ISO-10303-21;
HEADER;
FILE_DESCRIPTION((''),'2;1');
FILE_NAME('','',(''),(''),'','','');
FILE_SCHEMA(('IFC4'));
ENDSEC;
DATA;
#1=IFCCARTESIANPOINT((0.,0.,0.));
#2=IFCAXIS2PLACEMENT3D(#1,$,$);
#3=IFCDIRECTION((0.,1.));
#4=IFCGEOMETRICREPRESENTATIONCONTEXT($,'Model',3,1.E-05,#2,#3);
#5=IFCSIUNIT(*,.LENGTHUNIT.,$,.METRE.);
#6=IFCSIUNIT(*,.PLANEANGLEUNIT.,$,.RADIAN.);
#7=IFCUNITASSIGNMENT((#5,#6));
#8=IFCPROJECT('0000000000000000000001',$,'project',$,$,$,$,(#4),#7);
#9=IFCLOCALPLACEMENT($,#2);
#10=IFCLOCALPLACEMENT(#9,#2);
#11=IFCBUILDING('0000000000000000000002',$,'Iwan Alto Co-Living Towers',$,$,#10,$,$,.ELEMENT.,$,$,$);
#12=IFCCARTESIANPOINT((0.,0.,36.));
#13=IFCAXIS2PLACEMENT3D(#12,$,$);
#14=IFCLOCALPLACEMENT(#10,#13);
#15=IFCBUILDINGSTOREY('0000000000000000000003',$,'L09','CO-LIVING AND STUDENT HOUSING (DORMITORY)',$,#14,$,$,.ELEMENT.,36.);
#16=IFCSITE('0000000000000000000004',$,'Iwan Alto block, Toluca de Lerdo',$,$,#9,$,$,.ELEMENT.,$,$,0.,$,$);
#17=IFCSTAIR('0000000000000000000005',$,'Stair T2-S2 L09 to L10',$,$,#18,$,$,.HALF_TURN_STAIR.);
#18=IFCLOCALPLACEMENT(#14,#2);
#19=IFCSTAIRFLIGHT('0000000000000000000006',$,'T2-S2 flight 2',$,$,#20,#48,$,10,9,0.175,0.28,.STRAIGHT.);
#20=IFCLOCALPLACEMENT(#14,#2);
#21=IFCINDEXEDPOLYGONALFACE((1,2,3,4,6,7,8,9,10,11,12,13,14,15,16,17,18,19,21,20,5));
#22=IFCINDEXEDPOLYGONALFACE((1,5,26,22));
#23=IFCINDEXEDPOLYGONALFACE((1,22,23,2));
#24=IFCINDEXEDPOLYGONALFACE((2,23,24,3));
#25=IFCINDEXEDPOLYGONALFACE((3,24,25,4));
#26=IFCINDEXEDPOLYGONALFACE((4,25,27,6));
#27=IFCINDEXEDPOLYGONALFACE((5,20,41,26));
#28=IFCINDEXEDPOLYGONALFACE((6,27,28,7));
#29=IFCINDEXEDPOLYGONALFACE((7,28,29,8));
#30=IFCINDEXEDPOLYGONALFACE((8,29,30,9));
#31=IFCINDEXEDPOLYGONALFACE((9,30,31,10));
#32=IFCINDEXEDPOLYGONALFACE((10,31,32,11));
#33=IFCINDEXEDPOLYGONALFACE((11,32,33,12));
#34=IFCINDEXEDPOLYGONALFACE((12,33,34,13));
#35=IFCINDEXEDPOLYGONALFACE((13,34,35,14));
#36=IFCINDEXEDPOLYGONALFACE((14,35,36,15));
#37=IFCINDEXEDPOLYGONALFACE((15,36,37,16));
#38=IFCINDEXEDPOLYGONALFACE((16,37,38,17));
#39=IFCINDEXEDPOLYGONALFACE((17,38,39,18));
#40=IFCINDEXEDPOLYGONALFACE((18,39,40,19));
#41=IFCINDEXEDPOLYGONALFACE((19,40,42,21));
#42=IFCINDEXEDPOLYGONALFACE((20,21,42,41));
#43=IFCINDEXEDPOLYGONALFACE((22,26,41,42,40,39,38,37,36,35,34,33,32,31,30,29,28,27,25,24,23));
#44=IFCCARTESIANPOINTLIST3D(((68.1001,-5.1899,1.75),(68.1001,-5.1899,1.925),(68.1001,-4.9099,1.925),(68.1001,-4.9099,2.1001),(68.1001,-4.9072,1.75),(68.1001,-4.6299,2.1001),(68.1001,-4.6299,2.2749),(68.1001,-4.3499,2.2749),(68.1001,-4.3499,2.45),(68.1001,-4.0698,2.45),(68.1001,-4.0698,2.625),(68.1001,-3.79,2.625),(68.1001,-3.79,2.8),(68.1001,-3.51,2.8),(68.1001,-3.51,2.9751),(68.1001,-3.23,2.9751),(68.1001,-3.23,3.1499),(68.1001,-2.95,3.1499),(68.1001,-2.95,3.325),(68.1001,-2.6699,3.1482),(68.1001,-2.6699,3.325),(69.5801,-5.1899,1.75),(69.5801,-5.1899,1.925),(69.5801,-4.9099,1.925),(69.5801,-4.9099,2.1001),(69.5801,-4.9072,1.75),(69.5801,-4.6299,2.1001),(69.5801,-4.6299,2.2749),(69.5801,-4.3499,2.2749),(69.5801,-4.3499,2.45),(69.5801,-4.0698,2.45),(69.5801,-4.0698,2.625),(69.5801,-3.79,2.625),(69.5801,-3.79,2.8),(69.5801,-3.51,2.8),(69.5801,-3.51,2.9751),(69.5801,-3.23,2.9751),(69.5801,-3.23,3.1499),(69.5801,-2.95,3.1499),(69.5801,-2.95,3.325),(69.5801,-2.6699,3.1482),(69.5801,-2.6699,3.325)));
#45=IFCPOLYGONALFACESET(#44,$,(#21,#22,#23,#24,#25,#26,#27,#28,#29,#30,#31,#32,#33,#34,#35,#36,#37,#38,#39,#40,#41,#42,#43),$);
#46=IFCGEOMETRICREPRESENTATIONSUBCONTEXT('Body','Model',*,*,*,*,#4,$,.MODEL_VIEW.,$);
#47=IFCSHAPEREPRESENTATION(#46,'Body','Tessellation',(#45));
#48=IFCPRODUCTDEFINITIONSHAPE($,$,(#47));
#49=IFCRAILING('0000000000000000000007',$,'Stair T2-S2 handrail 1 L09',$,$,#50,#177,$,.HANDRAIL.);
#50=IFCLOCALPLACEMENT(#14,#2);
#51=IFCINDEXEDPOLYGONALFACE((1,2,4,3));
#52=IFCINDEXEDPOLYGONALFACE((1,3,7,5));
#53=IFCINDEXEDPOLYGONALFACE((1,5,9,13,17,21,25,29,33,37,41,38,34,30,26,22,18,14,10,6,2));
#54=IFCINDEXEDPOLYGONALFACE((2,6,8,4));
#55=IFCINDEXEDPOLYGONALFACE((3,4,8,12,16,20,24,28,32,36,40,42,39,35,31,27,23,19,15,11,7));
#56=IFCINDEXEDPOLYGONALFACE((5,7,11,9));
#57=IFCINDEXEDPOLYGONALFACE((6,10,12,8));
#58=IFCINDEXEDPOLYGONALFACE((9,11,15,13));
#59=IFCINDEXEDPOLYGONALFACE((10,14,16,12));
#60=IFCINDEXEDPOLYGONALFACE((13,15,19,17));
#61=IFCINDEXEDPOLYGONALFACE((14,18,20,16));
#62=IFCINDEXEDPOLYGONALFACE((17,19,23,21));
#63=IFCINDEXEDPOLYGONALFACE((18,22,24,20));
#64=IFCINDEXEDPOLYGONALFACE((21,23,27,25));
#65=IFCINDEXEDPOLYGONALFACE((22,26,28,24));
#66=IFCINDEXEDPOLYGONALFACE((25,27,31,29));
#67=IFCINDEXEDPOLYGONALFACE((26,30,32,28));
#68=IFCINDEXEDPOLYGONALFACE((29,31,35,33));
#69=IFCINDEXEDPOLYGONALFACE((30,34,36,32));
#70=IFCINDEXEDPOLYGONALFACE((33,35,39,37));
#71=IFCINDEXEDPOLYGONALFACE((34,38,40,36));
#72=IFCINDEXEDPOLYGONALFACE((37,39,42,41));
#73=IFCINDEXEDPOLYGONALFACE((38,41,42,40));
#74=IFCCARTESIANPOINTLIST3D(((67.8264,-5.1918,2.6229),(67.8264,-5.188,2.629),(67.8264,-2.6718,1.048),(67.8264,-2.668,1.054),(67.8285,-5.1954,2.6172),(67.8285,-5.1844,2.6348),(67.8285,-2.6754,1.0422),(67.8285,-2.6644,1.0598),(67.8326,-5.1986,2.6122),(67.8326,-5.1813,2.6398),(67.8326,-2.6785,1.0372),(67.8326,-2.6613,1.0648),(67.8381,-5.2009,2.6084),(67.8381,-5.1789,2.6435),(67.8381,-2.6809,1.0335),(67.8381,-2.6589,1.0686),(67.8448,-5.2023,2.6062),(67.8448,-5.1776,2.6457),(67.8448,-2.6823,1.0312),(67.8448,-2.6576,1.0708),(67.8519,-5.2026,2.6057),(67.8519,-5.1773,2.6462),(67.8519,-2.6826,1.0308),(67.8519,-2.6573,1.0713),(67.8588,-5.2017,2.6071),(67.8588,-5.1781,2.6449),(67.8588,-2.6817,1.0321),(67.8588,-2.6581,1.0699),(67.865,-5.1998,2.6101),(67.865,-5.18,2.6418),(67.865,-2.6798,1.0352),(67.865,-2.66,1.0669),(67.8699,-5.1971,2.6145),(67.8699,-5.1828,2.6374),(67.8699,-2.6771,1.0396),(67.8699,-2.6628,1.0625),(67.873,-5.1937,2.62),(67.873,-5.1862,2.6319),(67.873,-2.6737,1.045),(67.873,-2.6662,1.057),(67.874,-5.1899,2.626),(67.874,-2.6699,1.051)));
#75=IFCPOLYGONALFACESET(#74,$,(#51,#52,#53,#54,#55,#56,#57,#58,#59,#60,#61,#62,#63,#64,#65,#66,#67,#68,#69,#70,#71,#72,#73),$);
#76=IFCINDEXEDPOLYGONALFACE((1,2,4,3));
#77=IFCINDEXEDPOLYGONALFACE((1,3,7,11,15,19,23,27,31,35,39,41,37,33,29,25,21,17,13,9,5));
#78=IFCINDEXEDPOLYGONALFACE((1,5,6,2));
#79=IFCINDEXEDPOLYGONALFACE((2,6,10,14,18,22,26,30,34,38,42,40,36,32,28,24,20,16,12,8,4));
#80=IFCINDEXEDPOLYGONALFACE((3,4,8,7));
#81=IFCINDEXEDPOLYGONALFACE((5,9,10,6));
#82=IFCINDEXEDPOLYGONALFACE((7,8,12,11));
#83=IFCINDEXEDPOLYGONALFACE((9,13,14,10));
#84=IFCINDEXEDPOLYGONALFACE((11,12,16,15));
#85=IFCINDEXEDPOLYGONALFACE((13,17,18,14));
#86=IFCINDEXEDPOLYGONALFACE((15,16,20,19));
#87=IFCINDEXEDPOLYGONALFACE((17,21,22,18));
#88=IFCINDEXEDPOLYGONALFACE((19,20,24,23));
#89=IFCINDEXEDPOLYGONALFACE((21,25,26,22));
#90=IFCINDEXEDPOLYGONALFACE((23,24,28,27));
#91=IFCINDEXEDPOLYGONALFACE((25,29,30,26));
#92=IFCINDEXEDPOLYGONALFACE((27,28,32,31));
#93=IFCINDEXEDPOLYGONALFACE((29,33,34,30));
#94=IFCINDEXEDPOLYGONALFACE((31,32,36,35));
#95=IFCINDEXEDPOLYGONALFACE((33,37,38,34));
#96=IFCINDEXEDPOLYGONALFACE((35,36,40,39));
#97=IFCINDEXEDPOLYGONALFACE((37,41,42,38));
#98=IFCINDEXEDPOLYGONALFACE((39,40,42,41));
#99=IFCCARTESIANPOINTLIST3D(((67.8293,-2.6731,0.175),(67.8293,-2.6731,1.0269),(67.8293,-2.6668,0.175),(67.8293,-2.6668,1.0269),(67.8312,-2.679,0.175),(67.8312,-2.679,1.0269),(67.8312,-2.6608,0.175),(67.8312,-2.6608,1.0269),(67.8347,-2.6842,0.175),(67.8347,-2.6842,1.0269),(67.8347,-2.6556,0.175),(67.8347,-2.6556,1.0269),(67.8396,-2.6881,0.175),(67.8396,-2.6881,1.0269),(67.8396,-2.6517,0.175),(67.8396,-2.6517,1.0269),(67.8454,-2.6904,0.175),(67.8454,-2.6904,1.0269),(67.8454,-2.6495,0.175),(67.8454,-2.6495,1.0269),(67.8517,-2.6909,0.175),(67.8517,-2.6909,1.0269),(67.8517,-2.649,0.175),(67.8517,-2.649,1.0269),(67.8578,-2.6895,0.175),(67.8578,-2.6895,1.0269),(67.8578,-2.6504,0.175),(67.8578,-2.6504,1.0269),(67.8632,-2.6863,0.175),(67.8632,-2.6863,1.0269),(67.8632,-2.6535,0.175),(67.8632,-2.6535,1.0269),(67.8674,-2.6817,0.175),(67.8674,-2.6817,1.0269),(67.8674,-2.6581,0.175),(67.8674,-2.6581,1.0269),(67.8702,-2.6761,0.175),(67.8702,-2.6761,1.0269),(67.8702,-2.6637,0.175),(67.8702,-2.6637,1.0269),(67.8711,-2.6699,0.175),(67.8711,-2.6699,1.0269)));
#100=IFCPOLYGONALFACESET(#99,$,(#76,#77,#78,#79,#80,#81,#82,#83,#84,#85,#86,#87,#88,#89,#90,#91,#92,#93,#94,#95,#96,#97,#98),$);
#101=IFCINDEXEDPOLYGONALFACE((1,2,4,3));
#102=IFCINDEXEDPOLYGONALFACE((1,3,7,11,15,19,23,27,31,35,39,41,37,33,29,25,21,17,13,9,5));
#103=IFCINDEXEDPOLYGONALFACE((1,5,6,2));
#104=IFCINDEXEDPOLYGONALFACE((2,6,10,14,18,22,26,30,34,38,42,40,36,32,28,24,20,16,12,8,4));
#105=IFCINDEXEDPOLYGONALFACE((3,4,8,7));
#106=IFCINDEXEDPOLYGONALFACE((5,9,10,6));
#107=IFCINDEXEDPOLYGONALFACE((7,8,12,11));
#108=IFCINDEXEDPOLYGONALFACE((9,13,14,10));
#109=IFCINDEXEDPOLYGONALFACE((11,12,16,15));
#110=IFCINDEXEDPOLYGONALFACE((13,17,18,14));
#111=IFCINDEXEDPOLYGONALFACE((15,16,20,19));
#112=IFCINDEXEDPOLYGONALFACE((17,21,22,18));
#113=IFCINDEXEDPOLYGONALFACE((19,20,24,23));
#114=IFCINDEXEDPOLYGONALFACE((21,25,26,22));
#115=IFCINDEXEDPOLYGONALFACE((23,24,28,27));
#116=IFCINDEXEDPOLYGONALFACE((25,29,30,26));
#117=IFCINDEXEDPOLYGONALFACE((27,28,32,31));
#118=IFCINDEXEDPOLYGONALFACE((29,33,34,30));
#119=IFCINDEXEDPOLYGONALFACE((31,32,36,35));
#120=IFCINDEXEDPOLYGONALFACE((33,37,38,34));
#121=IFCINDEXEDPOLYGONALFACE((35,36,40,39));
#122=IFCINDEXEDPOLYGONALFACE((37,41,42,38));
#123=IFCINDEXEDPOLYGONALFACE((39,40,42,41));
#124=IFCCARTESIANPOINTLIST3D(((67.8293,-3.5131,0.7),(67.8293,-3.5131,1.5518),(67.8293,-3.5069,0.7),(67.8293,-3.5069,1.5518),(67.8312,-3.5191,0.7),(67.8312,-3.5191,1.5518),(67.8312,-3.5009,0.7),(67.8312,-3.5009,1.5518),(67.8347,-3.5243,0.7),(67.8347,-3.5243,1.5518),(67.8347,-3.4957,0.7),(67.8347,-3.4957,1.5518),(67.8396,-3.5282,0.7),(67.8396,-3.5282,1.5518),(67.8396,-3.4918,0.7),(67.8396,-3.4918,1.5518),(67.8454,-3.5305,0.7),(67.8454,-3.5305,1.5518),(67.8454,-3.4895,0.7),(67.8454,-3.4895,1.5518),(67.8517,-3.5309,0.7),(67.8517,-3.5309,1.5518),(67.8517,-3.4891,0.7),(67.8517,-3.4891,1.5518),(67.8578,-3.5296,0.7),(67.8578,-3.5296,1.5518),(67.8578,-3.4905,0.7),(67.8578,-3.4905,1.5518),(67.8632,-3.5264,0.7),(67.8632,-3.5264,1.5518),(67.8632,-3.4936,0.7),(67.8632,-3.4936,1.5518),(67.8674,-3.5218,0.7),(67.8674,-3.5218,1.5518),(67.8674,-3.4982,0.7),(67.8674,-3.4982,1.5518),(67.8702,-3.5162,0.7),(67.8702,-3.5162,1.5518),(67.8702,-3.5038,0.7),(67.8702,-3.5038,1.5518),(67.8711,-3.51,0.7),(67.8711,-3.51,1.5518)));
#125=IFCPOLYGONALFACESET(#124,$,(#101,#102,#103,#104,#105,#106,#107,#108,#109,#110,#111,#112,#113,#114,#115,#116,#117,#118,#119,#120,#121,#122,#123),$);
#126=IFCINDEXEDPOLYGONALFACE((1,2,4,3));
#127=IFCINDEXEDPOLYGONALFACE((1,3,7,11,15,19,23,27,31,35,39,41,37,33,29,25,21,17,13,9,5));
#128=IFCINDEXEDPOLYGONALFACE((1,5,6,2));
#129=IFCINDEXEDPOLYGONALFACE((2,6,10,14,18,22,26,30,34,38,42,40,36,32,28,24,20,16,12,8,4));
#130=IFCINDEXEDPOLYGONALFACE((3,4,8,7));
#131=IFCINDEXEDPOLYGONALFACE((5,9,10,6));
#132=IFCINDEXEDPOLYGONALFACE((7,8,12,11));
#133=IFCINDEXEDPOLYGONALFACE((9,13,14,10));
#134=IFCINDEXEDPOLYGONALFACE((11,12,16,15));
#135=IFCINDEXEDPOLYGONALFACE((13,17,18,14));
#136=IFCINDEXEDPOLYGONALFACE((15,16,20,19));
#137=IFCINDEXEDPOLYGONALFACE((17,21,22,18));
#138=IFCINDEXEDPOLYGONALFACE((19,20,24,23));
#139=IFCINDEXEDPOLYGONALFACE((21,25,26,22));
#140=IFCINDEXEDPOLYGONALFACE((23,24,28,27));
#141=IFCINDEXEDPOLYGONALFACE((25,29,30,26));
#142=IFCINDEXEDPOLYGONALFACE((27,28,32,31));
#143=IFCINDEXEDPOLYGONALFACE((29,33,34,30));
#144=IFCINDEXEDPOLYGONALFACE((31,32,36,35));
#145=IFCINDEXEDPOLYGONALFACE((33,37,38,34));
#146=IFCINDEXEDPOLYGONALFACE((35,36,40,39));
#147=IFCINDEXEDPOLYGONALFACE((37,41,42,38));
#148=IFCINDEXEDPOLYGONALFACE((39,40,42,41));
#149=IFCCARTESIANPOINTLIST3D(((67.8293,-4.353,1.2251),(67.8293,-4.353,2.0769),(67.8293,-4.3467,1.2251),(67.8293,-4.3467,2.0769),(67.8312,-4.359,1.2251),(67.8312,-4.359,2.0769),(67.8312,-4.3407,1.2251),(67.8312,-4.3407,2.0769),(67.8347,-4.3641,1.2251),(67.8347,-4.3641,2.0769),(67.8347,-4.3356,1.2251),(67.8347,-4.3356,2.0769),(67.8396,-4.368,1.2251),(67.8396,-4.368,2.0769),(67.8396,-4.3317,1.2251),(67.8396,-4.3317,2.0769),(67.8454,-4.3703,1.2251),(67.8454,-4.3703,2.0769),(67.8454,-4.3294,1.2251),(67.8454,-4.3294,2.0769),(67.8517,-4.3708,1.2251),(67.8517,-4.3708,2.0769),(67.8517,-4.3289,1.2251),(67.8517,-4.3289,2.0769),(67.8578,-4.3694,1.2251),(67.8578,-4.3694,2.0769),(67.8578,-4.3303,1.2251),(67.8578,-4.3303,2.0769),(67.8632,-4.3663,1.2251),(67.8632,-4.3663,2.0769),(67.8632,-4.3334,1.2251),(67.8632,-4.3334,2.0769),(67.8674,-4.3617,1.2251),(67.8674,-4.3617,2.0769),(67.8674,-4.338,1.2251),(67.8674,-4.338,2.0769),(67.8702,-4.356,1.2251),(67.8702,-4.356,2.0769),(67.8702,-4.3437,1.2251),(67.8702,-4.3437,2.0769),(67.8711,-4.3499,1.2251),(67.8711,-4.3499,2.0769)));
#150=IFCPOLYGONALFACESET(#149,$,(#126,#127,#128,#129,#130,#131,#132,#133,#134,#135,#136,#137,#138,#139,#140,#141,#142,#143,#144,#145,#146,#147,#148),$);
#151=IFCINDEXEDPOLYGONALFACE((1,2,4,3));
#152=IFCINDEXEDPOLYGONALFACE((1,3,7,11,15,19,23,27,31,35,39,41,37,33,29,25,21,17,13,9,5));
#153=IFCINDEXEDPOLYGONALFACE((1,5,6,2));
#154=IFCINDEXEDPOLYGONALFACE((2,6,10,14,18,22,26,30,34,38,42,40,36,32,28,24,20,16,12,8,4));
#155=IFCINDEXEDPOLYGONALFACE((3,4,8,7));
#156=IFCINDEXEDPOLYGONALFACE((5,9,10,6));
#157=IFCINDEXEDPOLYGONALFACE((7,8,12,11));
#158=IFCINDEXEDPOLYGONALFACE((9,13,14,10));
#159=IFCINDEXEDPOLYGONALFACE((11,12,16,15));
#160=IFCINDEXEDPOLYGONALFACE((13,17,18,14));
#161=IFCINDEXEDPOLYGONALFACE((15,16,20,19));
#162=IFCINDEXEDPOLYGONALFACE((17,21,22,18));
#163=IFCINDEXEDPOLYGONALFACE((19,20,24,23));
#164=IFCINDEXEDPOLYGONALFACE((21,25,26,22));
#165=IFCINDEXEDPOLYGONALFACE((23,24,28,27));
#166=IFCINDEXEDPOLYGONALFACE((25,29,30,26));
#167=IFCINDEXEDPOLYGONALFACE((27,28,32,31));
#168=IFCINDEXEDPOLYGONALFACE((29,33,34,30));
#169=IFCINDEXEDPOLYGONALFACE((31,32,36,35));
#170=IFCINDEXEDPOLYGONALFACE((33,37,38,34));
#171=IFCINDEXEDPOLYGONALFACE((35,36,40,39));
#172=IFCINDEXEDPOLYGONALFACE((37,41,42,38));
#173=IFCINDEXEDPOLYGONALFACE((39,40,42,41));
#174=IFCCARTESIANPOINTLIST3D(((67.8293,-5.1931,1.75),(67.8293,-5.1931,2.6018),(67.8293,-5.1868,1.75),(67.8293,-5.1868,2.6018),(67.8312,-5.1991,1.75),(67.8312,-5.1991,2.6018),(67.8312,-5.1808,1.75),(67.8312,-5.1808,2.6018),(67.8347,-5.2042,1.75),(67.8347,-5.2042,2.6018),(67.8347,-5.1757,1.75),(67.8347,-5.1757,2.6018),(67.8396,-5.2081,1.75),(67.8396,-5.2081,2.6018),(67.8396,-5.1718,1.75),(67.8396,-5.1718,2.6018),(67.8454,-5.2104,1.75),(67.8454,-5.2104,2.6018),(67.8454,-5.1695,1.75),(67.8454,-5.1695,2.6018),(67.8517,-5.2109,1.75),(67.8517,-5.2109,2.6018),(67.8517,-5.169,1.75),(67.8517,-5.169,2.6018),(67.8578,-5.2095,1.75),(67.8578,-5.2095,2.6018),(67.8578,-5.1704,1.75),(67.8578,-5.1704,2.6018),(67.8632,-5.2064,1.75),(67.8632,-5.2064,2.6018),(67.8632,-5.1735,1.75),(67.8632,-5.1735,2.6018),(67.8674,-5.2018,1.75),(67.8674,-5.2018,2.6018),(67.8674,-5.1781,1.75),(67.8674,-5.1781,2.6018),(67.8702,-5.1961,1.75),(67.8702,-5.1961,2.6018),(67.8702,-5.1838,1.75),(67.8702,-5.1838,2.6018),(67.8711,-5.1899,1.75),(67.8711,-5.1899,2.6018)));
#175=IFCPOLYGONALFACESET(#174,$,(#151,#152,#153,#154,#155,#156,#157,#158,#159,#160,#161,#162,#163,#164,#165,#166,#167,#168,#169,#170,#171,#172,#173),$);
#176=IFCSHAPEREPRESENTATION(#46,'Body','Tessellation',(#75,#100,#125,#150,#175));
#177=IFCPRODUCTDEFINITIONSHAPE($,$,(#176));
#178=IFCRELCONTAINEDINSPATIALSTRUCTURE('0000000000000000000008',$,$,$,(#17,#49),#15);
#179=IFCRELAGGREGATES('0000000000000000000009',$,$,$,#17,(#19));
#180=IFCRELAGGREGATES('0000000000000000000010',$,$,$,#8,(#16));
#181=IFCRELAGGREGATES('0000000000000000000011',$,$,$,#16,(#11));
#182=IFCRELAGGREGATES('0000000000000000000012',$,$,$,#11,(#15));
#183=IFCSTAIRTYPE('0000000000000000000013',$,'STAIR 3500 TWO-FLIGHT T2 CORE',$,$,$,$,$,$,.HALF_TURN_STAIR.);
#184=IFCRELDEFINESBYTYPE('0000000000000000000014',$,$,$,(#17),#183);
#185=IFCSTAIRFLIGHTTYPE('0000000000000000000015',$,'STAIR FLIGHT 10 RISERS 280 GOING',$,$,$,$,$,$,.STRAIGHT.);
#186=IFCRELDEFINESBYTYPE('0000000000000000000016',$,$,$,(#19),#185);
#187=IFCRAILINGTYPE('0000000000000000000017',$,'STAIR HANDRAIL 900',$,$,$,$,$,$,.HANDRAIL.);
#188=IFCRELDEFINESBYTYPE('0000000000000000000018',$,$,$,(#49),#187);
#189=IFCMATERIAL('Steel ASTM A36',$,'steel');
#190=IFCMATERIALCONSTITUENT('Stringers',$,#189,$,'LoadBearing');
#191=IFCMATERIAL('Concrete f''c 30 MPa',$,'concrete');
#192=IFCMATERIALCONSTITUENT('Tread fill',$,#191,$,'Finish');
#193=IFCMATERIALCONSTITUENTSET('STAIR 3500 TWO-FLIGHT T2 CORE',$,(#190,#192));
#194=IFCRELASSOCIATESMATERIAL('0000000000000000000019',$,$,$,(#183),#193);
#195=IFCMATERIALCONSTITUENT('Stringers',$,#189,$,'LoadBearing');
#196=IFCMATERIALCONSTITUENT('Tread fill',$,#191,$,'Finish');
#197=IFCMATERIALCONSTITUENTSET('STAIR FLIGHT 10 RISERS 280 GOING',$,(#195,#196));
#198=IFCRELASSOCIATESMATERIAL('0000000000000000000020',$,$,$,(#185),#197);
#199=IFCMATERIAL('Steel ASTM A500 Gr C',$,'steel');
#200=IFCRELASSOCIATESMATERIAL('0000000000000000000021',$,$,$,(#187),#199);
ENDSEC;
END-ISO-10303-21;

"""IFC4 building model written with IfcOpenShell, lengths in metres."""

from ifc_helpers import new_model, si_unit, direction, frame, origin, origin_2d, place, context, subcontext, project, spatial, polyline, circle, outline, extrude, material, constituent, constituent_set, type_object, element, aggregate, save


model = new_model("IFC4")

# Units and contexts
model_context = context("Model", 3, precision=1e-05, world=origin(), true_north=direction((0.0, 1.0)))
body_context = subcontext(model_context, "Body", "Model", "MODEL_VIEW")
ifc_project = project(units=[si_unit("LENGTHUNIT", "METRE"), si_unit("PLANEANGLEUNIT", "RADIAN")], contexts=[model_context])

# Site, building, storey
site_placement = place(None, origin())
site = spatial("IfcSite", under=ifc_project, at=site_placement, Name="Iwan Alto block, Toluca de Lerdo", CompositionType="ELEMENT", RefElevation=0.0)
building_placement = place(site_placement, origin())
building = spatial("IfcBuilding", under=site, at=building_placement, Name="Iwan Alto Co-Living Towers", CompositionType="ELEMENT")
storey_placement = place(building_placement, frame((0.0, 0.0, 36.0)))
storey = spatial("IfcBuildingStorey", under=building, at=storey_placement, Name="L09", Description="CO-LIVING AND STUDENT HOUSING (DORMITORY)", CompositionType="ELEMENT", Elevation=36.0)

# Stair, stair flight
ifc_material_1 = material(Name="Steel ASTM A36", Category="steel")
ifc_constituent_1 = constituent(ifc_material_1, Name="Stringers", Category="LoadBearing")
ifc_material_2 = material(Name="Concrete f'c 30 MPa", Category="concrete")
ifc_constituent_2 = constituent(ifc_material_2, Name="Tread fill", Category="Finish")
ifc_constituent_set_1 = constituent_set(constituents=[ifc_constituent_1, ifc_constituent_2], Name="STAIR 3500 TWO-FLIGHT T2 CORE")
stair_type = type_object("IfcStairType", Name="STAIR 3500 TWO-FLIGHT T2 CORE", PredefinedType="HALF_TURN_STAIR", material=ifc_constituent_set_1)
stair_placement = place(storey_placement, origin())
stair = element("IfcStair", 1, at=stair_placement, inside=storey, type_object=stair_type, Name="Stair T2-S2 L09 to L10", PredefinedType="HALF_TURN_STAIR")
ifc_constituent_3 = constituent(ifc_material_1, Name="Stringers", Category="LoadBearing")
ifc_constituent_4 = constituent(ifc_material_2, Name="Tread fill", Category="Finish")
ifc_constituent_set_2 = constituent_set(constituents=[ifc_constituent_3, ifc_constituent_4], Name="STAIR FLIGHT 10 RISERS 280 GOING")
stair_flight_type = type_object("IfcStairFlightType", Name="STAIR FLIGHT 10 RISERS 280 GOING", PredefinedType="STRAIGHT", material=ifc_constituent_set_2)
stair_flight_1_placement = place(storey_placement, frame((68.8401, -5.1899, 1.75), z_axis=(0.0, 0.0, 1.0), x_axis=(0.0, 1.0, 0.0)))
stair_flight_1 = element("IfcStairFlight", 2, at=stair_flight_1_placement, type_object=stair_flight_type, Name="T2-S2 flight 2", NumberOfRisers=10, NumberOfTreads=9, PredefinedType="STRAIGHT", RiserHeight=0.175, TreadLength=0.28, context=body_context, shape_type="SweptSolid", body=[
    extrude(outline(polyline([(0.0, 0.0), (0.0, 0.175), (0.28, 0.175), (0.28, 0.3501), (0.5601, 0.3501), (0.5601, 0.5249), (0.8401, 0.5249), (0.8401, 0.7), (1.1201, 0.7), (1.1201, 0.875), (1.3999, 0.875), (1.3999, 1.05), (1.6799, 1.05), (1.6799, 1.2251), (1.96, 1.2251), (1.96, 1.3999), (2.24, 1.3999), (2.24, 1.575), (2.52, 1.575), (2.52, 1.75), (2.52, 1.3982), (0.2827, 0.0), (0.0, 0.0)])), frame((0.0, 0.74, 0.0), z_axis=(0.0, -1.0, 0.0), x_axis=(1.0, 0.0, 0.0)), (0.0, 0.0, 1.0), 1.48),
])
aggregate(stair, [stair_flight_1])

# Railing
ifc_material_3 = material(Name="Steel ASTM A500 Gr C", Category="steel")
railing_type_1 = type_object("IfcRailingType", Name="STAIR HANDRAIL 900", PredefinedType="HANDRAIL", material=ifc_material_3)
railing_1_placement = place(storey_placement, frame((67.8501, -2.6699, 0.175)))
element("IfcRailing", 3, at=railing_1_placement, inside=storey, type_object=railing_type_1, Name="Stair T2-S2 handrail 1 L09", PredefinedType="HANDRAIL", context=body_context, shape_type="SweptSolid", body=[
    extrude(circle(Radius=0.0239, at=origin_2d()), frame((0.0, 0.0, 0.876), z_axis=(0.0, -0.848008, 0.529984), x_axis=(1.0, 0.0, 0.0)), (0.0, 0.0, 1.0), 2.9717),
    extrude(circle(Radius=0.021, at=origin_2d()), origin(), (0.0, 0.0, 1.0), 0.8518),
    extrude(circle(Radius=0.021, at=origin_2d()), frame((0.0, -0.8401, 0.5249)), (0.0, 0.0, 1.0), 0.8518),
    extrude(circle(Radius=0.021, at=origin_2d()), frame((0.0, -1.6799, 1.05)), (0.0, 0.0, 1.0), 0.8518),
    extrude(circle(Radius=0.021, at=origin_2d()), frame((0.0, -2.52, 1.575)), (0.0, 0.0, 1.0), 0.8518),
])

save(model, "model.ifc")
